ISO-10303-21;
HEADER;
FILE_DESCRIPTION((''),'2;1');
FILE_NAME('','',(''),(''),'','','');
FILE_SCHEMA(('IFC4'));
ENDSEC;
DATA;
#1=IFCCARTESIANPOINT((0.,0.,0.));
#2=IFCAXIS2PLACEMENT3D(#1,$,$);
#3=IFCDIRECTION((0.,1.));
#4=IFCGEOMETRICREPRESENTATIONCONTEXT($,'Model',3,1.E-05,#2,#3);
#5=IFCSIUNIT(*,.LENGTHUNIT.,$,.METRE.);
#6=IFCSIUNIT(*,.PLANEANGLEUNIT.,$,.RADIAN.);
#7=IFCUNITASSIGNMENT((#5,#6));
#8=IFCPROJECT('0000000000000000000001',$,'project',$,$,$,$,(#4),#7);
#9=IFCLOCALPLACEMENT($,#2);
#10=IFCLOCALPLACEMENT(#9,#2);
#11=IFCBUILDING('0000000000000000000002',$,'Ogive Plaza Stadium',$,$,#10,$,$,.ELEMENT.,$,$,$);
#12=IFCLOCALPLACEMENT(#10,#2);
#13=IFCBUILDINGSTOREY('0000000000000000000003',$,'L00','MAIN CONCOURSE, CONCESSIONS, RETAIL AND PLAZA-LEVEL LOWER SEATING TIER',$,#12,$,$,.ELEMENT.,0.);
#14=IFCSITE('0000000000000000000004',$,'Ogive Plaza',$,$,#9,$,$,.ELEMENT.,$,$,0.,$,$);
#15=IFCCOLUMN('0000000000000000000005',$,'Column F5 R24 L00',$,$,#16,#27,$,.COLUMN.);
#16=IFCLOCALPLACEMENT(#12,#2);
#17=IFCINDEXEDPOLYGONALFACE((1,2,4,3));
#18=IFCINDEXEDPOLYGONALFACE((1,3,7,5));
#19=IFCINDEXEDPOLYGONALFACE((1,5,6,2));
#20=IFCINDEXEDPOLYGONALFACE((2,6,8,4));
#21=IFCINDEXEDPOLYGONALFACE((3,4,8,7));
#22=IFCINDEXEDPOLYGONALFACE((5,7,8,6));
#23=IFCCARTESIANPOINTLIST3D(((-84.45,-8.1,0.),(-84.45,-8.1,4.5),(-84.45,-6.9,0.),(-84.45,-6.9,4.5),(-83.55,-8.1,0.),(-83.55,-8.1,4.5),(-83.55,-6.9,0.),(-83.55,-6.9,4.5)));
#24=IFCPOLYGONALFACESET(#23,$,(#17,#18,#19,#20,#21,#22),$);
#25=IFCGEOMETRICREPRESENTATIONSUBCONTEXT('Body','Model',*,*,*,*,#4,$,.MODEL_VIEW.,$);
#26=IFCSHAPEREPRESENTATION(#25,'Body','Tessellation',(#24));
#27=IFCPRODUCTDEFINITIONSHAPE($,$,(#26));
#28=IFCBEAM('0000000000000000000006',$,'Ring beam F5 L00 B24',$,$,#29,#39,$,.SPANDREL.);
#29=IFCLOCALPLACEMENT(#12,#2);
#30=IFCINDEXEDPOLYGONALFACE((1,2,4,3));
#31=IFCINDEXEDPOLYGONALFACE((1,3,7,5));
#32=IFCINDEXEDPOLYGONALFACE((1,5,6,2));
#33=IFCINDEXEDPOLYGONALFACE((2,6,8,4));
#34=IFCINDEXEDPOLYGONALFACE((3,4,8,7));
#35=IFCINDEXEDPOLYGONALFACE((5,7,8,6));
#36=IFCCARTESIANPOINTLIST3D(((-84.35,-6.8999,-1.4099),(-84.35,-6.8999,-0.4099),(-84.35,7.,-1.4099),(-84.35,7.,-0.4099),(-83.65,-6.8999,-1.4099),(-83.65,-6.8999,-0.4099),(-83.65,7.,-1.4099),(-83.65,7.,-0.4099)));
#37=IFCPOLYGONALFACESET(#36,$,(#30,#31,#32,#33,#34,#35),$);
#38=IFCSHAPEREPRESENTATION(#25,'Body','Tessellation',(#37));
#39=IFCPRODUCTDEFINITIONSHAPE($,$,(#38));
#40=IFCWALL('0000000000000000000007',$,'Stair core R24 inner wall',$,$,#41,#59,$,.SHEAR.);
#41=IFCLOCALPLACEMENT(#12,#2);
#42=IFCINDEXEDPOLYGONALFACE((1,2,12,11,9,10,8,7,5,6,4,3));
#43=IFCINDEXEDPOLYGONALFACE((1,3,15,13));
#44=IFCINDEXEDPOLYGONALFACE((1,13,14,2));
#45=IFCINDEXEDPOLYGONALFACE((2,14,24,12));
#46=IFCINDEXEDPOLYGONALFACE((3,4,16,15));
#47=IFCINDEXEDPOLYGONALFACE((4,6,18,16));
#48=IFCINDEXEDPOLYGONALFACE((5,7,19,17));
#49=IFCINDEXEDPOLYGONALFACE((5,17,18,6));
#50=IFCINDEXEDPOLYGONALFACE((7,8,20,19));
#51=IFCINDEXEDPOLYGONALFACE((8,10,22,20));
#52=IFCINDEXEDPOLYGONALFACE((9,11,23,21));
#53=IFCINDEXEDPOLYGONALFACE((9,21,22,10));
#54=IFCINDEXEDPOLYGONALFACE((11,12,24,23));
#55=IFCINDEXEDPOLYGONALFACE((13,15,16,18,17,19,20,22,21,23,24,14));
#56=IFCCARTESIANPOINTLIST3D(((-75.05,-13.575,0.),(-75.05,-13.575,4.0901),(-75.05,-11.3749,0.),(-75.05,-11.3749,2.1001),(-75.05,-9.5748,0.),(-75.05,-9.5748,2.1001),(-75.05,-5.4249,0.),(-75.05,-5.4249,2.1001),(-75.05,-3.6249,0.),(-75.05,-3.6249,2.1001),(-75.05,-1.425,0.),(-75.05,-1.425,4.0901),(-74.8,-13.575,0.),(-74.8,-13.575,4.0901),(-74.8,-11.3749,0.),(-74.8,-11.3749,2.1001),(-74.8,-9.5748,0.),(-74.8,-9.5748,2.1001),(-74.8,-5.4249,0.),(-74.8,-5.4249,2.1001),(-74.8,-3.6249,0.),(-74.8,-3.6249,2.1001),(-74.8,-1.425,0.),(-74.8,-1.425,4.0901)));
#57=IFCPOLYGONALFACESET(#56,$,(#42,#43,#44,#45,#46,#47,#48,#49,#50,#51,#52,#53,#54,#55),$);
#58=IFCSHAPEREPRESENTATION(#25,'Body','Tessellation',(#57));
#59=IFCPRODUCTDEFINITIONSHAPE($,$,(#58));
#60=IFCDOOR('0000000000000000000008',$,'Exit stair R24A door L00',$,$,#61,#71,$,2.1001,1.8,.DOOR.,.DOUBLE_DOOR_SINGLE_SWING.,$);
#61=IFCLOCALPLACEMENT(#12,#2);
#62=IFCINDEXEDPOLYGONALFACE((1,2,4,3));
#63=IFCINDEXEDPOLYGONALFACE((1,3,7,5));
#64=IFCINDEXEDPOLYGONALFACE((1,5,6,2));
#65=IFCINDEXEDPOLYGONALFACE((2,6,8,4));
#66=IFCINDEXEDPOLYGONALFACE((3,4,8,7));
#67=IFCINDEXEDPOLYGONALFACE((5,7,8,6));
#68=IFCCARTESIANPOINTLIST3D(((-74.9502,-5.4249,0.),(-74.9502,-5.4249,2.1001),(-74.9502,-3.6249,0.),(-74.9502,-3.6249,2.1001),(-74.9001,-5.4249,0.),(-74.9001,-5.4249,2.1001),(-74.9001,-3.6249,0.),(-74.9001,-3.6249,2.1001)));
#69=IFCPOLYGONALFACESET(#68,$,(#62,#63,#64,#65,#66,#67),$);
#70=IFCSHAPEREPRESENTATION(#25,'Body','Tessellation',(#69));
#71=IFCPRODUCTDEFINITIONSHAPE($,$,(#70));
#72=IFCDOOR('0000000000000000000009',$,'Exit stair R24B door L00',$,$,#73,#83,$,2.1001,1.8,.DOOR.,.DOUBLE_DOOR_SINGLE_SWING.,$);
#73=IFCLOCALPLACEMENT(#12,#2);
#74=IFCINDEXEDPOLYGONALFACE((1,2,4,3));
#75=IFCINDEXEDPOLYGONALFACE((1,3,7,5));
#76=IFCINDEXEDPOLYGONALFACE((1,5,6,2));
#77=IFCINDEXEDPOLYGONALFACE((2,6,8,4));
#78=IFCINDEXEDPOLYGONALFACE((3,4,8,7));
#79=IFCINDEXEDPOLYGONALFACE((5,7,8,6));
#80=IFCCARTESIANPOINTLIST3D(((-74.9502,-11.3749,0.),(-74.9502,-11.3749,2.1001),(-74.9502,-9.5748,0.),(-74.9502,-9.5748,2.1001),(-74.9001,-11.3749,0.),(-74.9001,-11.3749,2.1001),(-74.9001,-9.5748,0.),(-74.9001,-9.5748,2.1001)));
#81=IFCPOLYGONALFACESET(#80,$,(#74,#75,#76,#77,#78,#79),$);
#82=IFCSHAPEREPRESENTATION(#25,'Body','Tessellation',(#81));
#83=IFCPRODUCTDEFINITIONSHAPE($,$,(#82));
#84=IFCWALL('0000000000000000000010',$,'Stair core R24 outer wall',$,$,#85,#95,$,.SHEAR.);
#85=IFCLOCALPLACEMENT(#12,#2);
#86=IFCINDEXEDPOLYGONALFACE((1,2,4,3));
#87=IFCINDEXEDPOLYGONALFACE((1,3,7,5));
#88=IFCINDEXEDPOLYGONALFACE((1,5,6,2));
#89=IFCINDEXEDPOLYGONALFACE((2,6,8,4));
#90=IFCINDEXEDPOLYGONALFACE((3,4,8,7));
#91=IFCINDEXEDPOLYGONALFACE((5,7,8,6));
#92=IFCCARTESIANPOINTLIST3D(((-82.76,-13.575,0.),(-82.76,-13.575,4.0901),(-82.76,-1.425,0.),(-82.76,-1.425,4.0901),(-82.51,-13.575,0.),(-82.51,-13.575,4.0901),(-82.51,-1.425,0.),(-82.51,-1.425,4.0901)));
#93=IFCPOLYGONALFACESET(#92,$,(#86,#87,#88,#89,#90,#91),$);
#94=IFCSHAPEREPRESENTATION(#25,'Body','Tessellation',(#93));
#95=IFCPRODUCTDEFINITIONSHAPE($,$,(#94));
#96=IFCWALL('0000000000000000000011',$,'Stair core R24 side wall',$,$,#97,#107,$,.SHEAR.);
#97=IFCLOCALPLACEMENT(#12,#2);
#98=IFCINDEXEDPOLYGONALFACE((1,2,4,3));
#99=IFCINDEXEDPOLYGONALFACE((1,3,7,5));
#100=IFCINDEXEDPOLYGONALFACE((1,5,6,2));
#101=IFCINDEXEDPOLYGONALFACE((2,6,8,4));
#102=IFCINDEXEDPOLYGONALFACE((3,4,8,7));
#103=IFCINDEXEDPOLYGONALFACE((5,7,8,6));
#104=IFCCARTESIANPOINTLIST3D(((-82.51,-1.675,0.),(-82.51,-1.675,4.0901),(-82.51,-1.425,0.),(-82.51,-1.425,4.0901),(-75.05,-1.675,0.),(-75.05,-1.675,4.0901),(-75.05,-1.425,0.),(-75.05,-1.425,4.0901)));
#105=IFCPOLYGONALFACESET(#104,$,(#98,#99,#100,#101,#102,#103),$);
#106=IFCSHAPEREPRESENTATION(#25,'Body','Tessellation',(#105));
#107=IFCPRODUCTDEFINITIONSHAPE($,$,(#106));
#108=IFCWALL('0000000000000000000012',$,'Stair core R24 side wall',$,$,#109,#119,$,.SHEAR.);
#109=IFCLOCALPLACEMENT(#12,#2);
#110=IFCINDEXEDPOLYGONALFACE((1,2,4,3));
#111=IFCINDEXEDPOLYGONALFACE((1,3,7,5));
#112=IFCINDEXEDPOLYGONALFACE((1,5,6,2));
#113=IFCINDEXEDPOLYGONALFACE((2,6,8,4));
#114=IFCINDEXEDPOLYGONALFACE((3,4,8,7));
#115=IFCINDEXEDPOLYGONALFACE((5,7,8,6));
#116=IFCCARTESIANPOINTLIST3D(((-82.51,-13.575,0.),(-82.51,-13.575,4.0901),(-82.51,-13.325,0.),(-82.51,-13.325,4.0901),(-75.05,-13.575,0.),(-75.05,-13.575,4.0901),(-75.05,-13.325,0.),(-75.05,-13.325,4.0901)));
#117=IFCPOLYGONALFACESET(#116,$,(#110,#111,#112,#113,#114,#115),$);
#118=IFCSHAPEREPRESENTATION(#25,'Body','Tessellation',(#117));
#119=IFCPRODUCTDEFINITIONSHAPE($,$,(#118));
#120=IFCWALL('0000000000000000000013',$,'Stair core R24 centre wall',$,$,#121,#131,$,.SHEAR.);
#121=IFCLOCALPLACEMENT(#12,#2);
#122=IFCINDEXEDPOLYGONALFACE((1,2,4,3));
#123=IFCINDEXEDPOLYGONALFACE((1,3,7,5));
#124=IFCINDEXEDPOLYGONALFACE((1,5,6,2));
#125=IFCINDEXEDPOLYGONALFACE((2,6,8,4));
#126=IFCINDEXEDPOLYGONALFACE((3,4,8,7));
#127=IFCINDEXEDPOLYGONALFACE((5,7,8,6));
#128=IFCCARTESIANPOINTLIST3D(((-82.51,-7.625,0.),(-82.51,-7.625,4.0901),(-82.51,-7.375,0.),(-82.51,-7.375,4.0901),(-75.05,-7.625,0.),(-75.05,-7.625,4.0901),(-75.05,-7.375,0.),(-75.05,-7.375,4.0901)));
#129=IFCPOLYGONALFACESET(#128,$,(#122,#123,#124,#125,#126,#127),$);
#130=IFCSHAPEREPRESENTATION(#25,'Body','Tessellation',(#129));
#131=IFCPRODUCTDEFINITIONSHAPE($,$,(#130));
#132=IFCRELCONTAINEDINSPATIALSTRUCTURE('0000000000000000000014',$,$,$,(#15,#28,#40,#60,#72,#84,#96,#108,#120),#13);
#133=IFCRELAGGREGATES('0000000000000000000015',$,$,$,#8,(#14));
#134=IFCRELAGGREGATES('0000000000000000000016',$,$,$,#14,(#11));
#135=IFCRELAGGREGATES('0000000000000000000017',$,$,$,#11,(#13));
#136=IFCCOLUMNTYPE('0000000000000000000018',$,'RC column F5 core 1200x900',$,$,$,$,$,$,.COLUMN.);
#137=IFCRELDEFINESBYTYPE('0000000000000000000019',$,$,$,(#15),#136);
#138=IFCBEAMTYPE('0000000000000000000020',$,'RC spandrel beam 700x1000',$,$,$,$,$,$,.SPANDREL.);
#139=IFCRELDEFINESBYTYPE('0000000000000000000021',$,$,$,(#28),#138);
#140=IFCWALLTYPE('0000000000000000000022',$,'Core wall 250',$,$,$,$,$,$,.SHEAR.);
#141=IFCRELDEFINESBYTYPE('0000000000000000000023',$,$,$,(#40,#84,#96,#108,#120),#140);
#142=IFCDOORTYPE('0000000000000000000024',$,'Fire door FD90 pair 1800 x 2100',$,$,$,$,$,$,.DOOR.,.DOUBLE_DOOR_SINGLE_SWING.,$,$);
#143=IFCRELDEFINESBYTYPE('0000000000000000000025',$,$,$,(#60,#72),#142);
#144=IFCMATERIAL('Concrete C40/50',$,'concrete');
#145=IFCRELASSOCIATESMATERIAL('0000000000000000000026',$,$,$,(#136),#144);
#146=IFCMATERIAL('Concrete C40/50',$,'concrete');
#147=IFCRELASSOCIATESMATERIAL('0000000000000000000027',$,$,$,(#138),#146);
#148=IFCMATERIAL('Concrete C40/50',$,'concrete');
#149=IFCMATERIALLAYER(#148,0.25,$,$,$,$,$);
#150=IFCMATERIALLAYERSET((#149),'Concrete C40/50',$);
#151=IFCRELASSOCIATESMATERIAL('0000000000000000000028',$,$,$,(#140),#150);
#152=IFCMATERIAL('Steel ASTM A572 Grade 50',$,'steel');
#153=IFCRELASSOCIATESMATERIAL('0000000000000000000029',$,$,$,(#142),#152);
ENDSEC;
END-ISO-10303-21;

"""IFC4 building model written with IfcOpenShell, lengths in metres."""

from ifc_helpers import new_model, si_unit, direction, frame, frame_2d, origin, origin_2d, place, context, subcontext, project, spatial, rectangle, extrude, material, layer, layer_set, material_profile, profile_set, type_object, element, fill, save


model = new_model("IFC4")

# Units and contexts
model_context = context("Model", 3, precision=1e-05, world=origin(), true_north=direction((0.0, 1.0)))
body_context = subcontext(model_context, "Body", "Model", "MODEL_VIEW")
ifc_project = project(units=[si_unit("LENGTHUNIT", "METRE"), si_unit("PLANEANGLEUNIT", "RADIAN")], contexts=[model_context])

# Site, building, storey
site_placement = place(None, origin())
site = spatial("IfcSite", under=ifc_project, at=site_placement, Name="Ogive Plaza", CompositionType="ELEMENT", RefElevation=0.0)
building_placement = place(site_placement, origin())
building = spatial("IfcBuilding", under=site, at=building_placement, Name="Ogive Plaza Stadium", CompositionType="ELEMENT")
storey_placement = place(building_placement, origin())
storey = spatial("IfcBuildingStorey", under=building, at=storey_placement, Name="L00", Description="MAIN CONCOURSE, CONCESSIONS, RETAIL AND PLAZA-LEVEL LOWER SEATING TIER", CompositionType="ELEMENT", Elevation=0.0)

# Column
ifc_material_1 = material(Name="Concrete C40/50", Category="concrete")
ifc_material_profile_1 = material_profile(ifc_material_1, rectangle(XDim=1.2, YDim=0.8999, at=origin_2d()), Name="RC 1200x900")
ifc_profile_set_1 = profile_set([ifc_material_profile_1], Name="Concrete C40/50")
column_type = type_object("IfcColumnType", Name="RC column F5 core 1200x900", PredefinedType="COLUMN", material=ifc_profile_set_1)
column_placement = place(storey_placement, frame((-84.0, -7.5, 0.0), z_axis=(0.0, 0.0, 1.0), x_axis=(0.0, -1.0, 0.0)))
element("IfcColumn", 1, at=column_placement, inside=storey, type_object=column_type, Name="Column F5 R24 L00", PredefinedType="COLUMN", context=body_context, shape_type="SweptSolid", body=[
    extrude(rectangle(XDim=1.2, YDim=0.8999, at=origin_2d()), origin(), (0.0, 0.0, 1.0), 4.5),
])

# Beam
ifc_material_2 = material(Name="Concrete C40/50", Category="concrete")
ifc_material_profile_2 = material_profile(ifc_material_2, rectangle(XDim=0.7, YDim=1.0, at=origin_2d()), Name="RC 700x1000")
ifc_profile_set_2 = profile_set([ifc_material_profile_2], Name="Concrete C40/50")
beam_type = type_object("IfcBeamType", Name="RC spandrel beam 700x1000", PredefinedType="SPANDREL", material=ifc_profile_set_2)
beam_placement = place(storey_placement, frame((-84.0, -6.8999, -0.9099), z_axis=(0.0, 1.0, 0.0), x_axis=(-1.0, 0.0, 0.0)))
element("IfcBeam", 2, at=beam_placement, inside=storey, type_object=beam_type, Name="Ring beam F5 L00 B24", PredefinedType="SPANDREL", context=body_context, shape_type="SweptSolid", body=[
    extrude(rectangle(XDim=0.7, YDim=1.0, at=origin_2d()), origin(), (0.0, 0.0, 1.0), 13.8999),
])

# Wall, openings, doors
ifc_material_3 = material(Name="Concrete C40/50", Category="concrete")
ifc_layer_1 = layer(ifc_material_3, 0.25)
ifc_layer_set_1 = layer_set([ifc_layer_1], Name="Concrete C40/50")
wall_type_1 = type_object("IfcWallType", Name="Core wall 250", PredefinedType="SHEAR", material=ifc_layer_set_1)
wall_1_placement = place(storey_placement, frame((-74.925, -1.425, 0.0), z_axis=(0.0, 0.0, 1.0), x_axis=(0.0, -1.0, 0.0)))
wall_1 = element("IfcWall", 3, at=wall_1_placement, inside=storey, type_object=wall_type_1, Name="Stair core R24 inner wall", PredefinedType="SHEAR", context=body_context, shape_type="SweptSolid", body=[
    extrude(rectangle(XDim=12.1499, YDim=0.25, at=frame_2d((6.075, 0.0))), origin(), (0.0, 0.0, 1.0), 4.0901),
])
opening_1_placement = place(wall_1_placement, frame((2.2, 0.0, 0.0)))
opening_1 = element("IfcOpeningElement", 4, at=opening_1_placement, cuts=wall_1, PredefinedType="OPENING", context=body_context, shape_type="SweptSolid", body=[
    extrude(rectangle(XDim=1.8, YDim=2.1001, at=frame_2d((0.8999, 1.05))), frame((0.0, 0.125, 0.0), z_axis=(0.0, -1.0, 0.0), x_axis=(1.0, 0.0, 0.0)), (0.0, 0.0, 1.0), 0.25),
])
opening_2_placement = place(wall_1_placement, frame((8.1499, 0.0, 0.0)))
opening_2 = element("IfcOpeningElement", 5, at=opening_2_placement, cuts=wall_1, PredefinedType="OPENING", context=body_context, shape_type="SweptSolid", body=[
    extrude(rectangle(XDim=1.8, YDim=2.1001, at=frame_2d((0.8999, 1.05))), frame((0.0, 0.125, 0.0), z_axis=(0.0, -1.0, 0.0), x_axis=(1.0, 0.0, 0.0)), (0.0, 0.0, 1.0), 0.25),
])
ifc_material_4 = material(Name="Steel ASTM A572 Grade 50", Category="steel")
door_type_1 = type_object("IfcDoorType", Name="Fire door FD90 pair 1800 x 2100", OperationType="DOUBLE_DOOR_SINGLE_SWING", PredefinedType="DOOR", material=ifc_material_4)
door_1_placement = place(opening_1_placement, origin())
door_1 = element("IfcDoor", 6, at=door_1_placement, inside=storey, type_object=door_type_1, Name="Exit stair R24A door L00", OperationType="DOUBLE_DOOR_SINGLE_SWING", OverallHeight=2.1001, OverallWidth=1.8, PredefinedType="DOOR", context=body_context, shape_type="SweptSolid", body=[
    extrude(rectangle(XDim=1.8, YDim=2.1001, at=frame_2d((0.8999, 1.05))), frame((0.0, 0.0249, 0.0), z_axis=(0.0, -1.0, 0.0), x_axis=(1.0, 0.0, 0.0)), (0.0, 0.0, 1.0), 0.05),
])
fill(opening_1, door_1)
door_2_placement = place(opening_2_placement, origin())
door_2 = element("IfcDoor", 7, at=door_2_placement, inside=storey, type_object=door_type_1, Name="Exit stair R24B door L00", OperationType="DOUBLE_DOOR_SINGLE_SWING", OverallHeight=2.1001, OverallWidth=1.8, PredefinedType="DOOR", context=body_context, shape_type="SweptSolid", body=[
    extrude(rectangle(XDim=1.8, YDim=2.1001, at=frame_2d((0.8999, 1.05))), frame((0.0, 0.0249, 0.0), z_axis=(0.0, -1.0, 0.0), x_axis=(1.0, 0.0, 0.0)), (0.0, 0.0, 1.0), 0.05),
])
fill(opening_2, door_2)

# Walls
wall_2_placement = place(storey_placement, frame((-82.635, -1.425, 0.0), z_axis=(0.0, 0.0, 1.0), x_axis=(0.0, -1.0, 0.0)))
element("IfcWall", 8, at=wall_2_placement, inside=storey, type_object=wall_type_1, Name="Stair core R24 outer wall", PredefinedType="SHEAR", context=body_context, shape_type="SweptSolid", body=[
    extrude(rectangle(XDim=12.1499, YDim=0.25, at=frame_2d((6.075, 0.0))), origin(), (0.0, 0.0, 1.0), 4.0901),
])
for number, where, z_axis, x_axis, name in (
    (9, (-75.05, -1.55, 0.0), (0.0, 0.0, 1.0), (-1.0, 0.0, 0.0), "Stair core R24 side wall"),
    (10, (-75.05, -13.45, 0.0), (0.0, 0.0, 1.0), (-1.0, 0.0, 0.0), "Stair core R24 side wall"),
    (11, (-75.05, -7.5, 0.0), (0.0, 0.0, 1.0), (-1.0, 0.0, 0.0), "Stair core R24 centre wall"),
):
    element("IfcWall", number, at=place(storey_placement, frame(where, z_axis=z_axis, x_axis=x_axis)), inside=storey, type_object=wall_type_1, Name=name, PredefinedType="SHEAR", context=body_context, shape_type="SweptSolid", body=[
        extrude(rectangle(XDim=7.46, YDim=0.25, at=frame_2d((3.73, 0.0))), origin(), (0.0, 0.0, 1.0), 4.0901),
    ])

save(model, "model.ifc")
